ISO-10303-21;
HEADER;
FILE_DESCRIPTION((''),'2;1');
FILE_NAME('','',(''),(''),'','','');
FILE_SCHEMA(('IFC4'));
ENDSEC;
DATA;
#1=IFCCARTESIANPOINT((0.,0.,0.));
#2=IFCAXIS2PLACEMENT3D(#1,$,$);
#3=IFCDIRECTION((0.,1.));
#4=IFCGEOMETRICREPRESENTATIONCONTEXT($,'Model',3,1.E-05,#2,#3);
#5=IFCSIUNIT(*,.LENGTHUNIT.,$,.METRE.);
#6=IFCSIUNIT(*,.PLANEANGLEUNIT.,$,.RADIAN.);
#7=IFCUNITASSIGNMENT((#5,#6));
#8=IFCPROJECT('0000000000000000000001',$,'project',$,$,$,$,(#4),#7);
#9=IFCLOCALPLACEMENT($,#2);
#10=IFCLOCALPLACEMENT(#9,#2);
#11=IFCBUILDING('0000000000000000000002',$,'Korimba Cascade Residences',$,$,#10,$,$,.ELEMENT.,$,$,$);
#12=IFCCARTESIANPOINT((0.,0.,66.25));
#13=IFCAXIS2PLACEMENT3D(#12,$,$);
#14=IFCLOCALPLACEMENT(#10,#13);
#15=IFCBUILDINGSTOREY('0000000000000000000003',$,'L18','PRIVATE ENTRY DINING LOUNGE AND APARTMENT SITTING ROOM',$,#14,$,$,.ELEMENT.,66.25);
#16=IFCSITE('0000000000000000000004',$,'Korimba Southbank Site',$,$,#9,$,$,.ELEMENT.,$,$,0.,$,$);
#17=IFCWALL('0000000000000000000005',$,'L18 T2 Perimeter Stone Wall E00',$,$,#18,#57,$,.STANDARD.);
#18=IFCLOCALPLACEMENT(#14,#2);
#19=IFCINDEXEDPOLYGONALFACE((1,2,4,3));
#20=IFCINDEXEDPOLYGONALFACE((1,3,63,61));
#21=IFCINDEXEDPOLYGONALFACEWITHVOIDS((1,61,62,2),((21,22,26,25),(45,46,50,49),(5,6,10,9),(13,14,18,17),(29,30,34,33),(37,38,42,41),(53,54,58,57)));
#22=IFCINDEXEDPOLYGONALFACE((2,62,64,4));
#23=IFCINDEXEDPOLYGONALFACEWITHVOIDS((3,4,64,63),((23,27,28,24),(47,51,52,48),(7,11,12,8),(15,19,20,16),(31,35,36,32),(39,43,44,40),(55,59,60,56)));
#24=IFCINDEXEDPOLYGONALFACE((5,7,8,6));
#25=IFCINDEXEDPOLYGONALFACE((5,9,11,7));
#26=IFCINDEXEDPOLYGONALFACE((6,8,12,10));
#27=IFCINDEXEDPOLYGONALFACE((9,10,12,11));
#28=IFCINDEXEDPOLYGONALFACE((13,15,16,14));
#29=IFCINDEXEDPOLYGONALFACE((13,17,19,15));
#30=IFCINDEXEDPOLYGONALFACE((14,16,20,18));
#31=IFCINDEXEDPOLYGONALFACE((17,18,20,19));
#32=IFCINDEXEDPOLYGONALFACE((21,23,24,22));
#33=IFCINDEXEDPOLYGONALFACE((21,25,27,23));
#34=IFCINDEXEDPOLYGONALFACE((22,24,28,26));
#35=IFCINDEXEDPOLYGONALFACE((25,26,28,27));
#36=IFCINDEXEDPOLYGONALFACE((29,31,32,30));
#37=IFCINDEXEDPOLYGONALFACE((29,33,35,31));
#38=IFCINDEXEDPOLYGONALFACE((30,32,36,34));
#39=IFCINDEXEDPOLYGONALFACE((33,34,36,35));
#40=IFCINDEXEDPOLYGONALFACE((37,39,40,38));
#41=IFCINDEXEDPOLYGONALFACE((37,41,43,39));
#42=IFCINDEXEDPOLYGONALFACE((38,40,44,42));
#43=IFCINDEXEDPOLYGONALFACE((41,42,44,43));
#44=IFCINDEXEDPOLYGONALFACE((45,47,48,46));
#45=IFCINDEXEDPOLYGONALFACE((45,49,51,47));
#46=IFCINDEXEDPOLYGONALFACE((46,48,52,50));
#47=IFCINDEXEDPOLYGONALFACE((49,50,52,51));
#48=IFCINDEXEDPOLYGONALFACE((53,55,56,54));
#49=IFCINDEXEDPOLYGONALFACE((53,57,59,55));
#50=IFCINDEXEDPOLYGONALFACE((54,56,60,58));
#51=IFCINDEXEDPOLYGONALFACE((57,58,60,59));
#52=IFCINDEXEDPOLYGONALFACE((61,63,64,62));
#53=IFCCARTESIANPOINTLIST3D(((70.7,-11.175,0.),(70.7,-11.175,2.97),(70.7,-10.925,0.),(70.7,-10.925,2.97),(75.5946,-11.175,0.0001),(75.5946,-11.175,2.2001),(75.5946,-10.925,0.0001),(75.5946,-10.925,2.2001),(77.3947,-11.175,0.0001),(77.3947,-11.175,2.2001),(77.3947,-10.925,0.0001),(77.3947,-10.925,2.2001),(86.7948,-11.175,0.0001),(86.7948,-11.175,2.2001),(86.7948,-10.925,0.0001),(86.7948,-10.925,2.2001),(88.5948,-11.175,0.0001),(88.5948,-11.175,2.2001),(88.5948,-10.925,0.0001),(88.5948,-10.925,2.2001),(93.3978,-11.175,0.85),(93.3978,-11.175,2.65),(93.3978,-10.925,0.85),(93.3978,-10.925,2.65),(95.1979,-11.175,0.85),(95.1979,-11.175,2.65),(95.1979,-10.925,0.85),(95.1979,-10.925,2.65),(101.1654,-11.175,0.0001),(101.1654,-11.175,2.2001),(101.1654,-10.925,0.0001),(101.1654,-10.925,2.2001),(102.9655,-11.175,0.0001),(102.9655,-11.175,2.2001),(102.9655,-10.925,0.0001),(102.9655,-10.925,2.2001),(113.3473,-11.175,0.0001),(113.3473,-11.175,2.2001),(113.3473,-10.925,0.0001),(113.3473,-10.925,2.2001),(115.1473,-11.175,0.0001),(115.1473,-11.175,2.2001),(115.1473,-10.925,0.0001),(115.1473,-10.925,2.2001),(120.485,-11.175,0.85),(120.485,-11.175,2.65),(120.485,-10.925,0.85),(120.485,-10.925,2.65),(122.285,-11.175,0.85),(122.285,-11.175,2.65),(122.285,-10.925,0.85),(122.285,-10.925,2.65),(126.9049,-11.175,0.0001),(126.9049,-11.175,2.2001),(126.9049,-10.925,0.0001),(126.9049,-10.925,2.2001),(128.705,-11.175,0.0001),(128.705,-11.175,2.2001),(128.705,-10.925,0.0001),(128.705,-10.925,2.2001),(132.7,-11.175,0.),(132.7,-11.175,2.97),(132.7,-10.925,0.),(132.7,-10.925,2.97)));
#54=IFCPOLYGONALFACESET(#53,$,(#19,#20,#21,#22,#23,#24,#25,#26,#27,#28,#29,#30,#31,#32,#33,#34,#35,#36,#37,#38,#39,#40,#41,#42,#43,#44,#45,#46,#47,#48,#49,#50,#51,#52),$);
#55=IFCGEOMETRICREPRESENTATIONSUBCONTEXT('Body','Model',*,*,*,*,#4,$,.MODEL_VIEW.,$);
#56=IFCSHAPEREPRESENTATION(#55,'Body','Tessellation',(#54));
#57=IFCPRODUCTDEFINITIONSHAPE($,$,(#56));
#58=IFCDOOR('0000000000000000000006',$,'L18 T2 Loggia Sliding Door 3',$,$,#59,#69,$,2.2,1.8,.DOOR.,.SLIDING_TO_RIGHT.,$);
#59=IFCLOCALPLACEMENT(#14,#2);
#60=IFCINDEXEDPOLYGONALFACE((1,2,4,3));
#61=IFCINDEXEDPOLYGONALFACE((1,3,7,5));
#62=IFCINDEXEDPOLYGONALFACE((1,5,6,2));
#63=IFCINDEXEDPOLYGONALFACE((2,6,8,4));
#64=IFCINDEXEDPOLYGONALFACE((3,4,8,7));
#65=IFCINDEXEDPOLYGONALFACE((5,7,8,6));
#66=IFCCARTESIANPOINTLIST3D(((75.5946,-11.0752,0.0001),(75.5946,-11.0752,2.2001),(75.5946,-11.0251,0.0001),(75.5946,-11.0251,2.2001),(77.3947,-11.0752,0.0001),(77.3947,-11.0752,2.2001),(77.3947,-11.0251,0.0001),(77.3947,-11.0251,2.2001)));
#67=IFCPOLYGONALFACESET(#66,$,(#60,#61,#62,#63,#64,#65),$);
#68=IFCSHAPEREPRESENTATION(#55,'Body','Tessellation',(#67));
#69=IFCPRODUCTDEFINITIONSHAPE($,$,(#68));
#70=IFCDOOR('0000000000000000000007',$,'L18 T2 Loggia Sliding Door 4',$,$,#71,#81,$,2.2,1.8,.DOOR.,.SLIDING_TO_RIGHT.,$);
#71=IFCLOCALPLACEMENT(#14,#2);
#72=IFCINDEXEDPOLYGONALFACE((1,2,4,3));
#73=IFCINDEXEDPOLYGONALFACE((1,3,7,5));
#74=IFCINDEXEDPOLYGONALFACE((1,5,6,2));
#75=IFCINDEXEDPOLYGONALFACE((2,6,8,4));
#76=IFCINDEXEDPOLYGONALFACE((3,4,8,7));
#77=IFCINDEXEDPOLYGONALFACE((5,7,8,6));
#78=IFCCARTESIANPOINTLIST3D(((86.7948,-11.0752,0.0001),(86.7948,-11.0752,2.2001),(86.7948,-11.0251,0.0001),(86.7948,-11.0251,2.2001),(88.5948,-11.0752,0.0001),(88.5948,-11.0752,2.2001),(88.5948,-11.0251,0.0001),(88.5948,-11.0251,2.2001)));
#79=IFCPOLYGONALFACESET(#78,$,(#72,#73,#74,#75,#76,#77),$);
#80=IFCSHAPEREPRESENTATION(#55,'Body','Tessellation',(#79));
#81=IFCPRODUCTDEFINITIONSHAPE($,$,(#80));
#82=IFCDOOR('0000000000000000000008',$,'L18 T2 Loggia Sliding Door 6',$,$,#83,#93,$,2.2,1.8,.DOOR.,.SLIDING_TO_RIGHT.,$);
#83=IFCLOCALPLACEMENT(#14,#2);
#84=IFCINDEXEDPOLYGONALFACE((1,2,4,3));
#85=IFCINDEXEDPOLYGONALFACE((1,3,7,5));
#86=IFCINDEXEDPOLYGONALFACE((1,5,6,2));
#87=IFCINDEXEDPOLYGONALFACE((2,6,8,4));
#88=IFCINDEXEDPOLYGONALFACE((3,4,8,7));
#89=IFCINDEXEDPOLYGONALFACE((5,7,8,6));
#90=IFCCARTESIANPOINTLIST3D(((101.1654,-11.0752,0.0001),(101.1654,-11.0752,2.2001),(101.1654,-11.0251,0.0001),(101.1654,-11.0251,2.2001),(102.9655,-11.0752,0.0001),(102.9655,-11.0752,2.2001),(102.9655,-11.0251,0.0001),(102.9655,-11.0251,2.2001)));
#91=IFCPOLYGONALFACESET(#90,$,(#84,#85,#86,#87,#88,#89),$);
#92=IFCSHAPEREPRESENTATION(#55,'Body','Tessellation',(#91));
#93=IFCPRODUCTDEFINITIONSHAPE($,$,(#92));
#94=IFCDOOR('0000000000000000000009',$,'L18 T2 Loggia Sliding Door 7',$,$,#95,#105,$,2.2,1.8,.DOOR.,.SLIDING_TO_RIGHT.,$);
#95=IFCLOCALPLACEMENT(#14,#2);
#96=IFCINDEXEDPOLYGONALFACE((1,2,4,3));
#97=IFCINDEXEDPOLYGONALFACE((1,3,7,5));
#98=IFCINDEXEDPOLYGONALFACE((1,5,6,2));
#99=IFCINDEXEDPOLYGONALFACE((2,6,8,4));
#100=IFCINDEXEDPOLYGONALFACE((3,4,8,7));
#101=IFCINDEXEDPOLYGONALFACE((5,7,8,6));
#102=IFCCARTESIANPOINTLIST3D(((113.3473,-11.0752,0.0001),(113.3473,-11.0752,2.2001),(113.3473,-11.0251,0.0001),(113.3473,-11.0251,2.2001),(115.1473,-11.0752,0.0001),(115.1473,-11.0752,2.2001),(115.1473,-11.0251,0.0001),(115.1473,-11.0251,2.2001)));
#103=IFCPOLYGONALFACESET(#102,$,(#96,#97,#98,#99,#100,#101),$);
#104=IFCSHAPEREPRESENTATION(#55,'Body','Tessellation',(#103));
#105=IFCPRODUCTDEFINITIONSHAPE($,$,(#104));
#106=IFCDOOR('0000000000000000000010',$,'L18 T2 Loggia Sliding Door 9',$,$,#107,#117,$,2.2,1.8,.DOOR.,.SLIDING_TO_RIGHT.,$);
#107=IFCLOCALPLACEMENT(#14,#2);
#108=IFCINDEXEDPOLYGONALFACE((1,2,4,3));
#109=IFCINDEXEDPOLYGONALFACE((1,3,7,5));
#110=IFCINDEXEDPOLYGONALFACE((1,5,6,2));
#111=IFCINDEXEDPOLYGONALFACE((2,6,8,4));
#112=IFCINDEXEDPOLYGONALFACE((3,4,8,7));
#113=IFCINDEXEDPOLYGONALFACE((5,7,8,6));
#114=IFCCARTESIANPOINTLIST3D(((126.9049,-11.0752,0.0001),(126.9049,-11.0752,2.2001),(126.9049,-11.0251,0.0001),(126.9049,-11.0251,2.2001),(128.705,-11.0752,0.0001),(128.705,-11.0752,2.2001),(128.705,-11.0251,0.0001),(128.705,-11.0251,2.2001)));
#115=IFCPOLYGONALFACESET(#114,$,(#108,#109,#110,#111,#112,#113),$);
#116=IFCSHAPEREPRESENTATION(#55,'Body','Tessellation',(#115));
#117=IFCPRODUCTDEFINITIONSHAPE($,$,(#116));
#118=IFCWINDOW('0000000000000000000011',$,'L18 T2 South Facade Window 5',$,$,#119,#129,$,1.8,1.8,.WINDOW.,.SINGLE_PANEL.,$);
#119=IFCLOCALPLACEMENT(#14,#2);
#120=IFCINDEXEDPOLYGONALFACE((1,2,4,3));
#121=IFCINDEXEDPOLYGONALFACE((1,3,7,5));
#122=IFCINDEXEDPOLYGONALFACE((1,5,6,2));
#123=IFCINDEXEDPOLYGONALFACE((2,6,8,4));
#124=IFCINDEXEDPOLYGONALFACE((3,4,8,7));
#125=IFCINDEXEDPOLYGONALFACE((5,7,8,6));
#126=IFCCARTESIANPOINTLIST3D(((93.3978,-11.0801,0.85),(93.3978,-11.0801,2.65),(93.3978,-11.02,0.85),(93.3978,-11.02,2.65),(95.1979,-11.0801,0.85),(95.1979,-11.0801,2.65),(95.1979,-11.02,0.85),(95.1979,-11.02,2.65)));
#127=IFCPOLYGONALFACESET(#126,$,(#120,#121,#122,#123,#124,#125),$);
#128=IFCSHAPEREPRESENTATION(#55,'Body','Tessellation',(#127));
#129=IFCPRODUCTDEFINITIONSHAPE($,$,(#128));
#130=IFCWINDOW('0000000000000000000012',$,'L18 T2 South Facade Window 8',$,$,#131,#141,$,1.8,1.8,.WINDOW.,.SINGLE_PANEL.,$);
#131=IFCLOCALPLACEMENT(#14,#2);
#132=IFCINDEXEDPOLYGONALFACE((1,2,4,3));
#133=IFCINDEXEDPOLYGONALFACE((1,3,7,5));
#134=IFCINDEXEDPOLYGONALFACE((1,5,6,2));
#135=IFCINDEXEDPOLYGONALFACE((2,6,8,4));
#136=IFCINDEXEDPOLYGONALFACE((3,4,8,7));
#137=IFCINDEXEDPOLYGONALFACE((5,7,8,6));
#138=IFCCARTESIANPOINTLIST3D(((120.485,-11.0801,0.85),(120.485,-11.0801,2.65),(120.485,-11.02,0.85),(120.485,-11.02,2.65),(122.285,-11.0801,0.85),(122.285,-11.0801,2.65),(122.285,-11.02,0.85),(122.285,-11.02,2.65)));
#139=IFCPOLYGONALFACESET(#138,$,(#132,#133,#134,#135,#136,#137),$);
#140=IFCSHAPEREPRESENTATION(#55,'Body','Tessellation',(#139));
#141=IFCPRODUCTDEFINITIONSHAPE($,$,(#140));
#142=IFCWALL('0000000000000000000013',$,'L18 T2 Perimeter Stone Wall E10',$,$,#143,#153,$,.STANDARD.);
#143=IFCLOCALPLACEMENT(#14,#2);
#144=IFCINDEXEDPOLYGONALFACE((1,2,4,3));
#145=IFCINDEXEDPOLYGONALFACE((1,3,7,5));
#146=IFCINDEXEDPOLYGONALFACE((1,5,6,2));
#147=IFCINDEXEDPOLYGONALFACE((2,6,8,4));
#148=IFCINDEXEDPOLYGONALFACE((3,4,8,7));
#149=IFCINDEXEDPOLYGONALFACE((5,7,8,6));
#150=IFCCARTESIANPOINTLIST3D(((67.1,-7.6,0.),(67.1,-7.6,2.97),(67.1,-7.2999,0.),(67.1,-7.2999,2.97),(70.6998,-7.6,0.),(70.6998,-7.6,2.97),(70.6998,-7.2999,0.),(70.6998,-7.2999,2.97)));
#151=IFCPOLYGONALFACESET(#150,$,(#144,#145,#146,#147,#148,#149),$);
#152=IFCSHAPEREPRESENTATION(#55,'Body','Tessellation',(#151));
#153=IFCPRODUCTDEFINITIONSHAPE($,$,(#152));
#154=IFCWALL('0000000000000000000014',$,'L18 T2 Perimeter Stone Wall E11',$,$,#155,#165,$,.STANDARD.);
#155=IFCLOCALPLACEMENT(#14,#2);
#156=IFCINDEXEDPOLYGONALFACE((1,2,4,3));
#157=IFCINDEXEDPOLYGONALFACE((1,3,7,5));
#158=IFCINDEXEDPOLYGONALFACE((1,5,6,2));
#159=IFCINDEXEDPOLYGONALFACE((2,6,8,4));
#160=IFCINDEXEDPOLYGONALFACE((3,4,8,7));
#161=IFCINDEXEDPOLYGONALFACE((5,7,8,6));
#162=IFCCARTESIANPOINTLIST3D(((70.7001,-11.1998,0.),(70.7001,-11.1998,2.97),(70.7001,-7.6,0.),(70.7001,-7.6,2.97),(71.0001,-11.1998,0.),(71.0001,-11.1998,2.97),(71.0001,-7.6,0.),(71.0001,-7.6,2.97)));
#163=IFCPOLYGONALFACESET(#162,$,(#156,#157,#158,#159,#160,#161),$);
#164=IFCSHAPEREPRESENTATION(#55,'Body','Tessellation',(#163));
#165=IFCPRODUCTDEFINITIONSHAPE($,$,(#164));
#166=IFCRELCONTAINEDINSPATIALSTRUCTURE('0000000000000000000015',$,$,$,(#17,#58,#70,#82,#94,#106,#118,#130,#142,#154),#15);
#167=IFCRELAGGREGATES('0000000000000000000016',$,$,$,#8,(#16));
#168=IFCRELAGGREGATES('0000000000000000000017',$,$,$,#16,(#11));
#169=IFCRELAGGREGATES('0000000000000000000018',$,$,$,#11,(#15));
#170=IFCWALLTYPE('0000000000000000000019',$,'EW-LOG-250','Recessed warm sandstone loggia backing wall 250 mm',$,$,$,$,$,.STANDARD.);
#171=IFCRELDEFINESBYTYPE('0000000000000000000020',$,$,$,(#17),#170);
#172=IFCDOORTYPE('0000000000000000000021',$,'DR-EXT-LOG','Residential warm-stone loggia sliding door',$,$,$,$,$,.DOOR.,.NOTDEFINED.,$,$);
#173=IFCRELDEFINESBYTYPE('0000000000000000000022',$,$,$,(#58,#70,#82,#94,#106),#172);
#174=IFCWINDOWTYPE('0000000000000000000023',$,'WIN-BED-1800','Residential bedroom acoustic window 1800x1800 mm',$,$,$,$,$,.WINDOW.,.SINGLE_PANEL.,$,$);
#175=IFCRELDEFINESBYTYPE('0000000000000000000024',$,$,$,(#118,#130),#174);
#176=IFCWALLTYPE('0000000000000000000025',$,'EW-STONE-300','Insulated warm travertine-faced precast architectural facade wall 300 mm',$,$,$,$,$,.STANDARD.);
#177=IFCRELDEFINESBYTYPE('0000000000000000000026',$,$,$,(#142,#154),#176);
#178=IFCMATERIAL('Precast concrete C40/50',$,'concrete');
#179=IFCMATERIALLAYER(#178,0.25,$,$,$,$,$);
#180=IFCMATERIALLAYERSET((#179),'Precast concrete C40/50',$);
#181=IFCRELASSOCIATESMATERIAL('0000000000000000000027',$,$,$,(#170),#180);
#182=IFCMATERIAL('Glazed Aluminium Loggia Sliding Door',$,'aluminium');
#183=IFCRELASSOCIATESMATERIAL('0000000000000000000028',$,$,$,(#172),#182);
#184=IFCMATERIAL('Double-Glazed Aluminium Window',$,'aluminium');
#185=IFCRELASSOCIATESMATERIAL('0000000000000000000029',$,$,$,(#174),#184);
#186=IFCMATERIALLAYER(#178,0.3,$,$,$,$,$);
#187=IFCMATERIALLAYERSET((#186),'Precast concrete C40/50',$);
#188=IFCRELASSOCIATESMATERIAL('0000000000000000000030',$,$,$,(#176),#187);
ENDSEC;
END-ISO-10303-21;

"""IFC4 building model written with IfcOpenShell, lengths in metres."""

from ifc_helpers import new_model, si_unit, direction, frame, frame_2d, origin, place, context, subcontext, project, spatial, rectangle, extrude, material, layer, layer_set, type_object, element, fill, save


model = new_model("IFC4")

# Units and contexts
model_context = context("Model", 3, precision=1e-05, world=origin(), true_north=direction((0.0, 1.0)))
body_context = subcontext(model_context, "Body", "Model", "MODEL_VIEW")
ifc_project = project(units=[si_unit("LENGTHUNIT", "METRE"), si_unit("PLANEANGLEUNIT", "RADIAN")], contexts=[model_context])

# Site, building, storey
site_placement = place(None, origin())
site = spatial("IfcSite", under=ifc_project, at=site_placement, Name="Korimba Southbank Site", CompositionType="ELEMENT", RefElevation=0.0)
building_placement = place(site_placement, origin())
building = spatial("IfcBuilding", under=site, at=building_placement, Name="Korimba Cascade Residences", CompositionType="ELEMENT")
storey_placement = place(building_placement, frame((0.0, 0.0, 66.25)))
storey = spatial("IfcBuildingStorey", under=building, at=storey_placement, Name="L18", Description="PRIVATE ENTRY DINING LOUNGE AND APARTMENT SITTING ROOM", CompositionType="ELEMENT", Elevation=66.25)

# Wall, openings, doors, windows
ifc_material_1 = material(Name="Precast concrete C40/50", Category="concrete")
ifc_layer_1 = layer(ifc_material_1, 0.25)
ifc_layer_set_1 = layer_set([ifc_layer_1], Name="Precast concrete C40/50")
wall_type_1 = type_object("IfcWallType", Name="EW-LOG-250", Description="Recessed warm sandstone loggia backing wall 250 mm", PredefinedType="STANDARD", material=ifc_layer_set_1)
wall_1_placement = place(storey_placement, frame((70.7, -11.05, 0.0), z_axis=(0.0, 0.0, 1.0), x_axis=(1.0, 0.0, 0.0)))
wall_1 = element("IfcWall", 1, at=wall_1_placement, inside=storey, type_object=wall_type_1, Name="L18 T2 Perimeter Stone Wall E00", PredefinedType="STANDARD", context=body_context, shape_type="SweptSolid", body=[
    extrude(rectangle(XDim=62.0, YDim=0.25, at=frame_2d((31.0, 0.0))), origin(), (0.0, 0.0, 1.0), 2.97),
])
opening_1_placement = place(wall_1_placement, frame((4.8948, 0.0, 0.0)))
opening_1 = element("IfcOpeningElement", 2, at=opening_1_placement, cuts=wall_1, PredefinedType="OPENING", context=body_context, shape_type="SweptSolid", body=[
    extrude(rectangle(XDim=1.8, YDim=2.2, at=frame_2d((0.8999, 1.1001))), frame((0.0, 0.135, 0.0), z_axis=(0.0, -1.0, 0.0), x_axis=(1.0, 0.0, 0.0)), (0.0, 0.0, 1.0), 0.27),
])
opening_2_placement = place(wall_1_placement, frame((16.095, 0.0, 0.0)))
opening_2 = element("IfcOpeningElement", 3, at=opening_2_placement, cuts=wall_1, PredefinedType="OPENING", context=body_context, shape_type="SweptSolid", body=[
    extrude(rectangle(XDim=1.8, YDim=2.2, at=frame_2d((0.8999, 1.1001))), frame((0.0, 0.135, 0.0), z_axis=(0.0, -1.0, 0.0), x_axis=(1.0, 0.0, 0.0)), (0.0, 0.0, 1.0), 0.27),
])
opening_3_placement = place(wall_1_placement, frame((22.698, 0.0, 0.8501)))
opening_3 = element("IfcOpeningElement", 4, at=opening_3_placement, cuts=wall_1, PredefinedType="OPENING", context=body_context, shape_type="SweptSolid", body=[
    extrude(rectangle(XDim=1.8, YDim=1.8, at=frame_2d((0.8999, 0.8999))), frame((0.0, 0.135, 0.0), z_axis=(0.0, -1.0, 0.0), x_axis=(1.0, 0.0, 0.0)), (0.0, 0.0, 1.0), 0.27),
])
opening_4_placement = place(wall_1_placement, frame((30.4656, 0.0, 0.0)))
opening_4 = element("IfcOpeningElement", 5, at=opening_4_placement, cuts=wall_1, PredefinedType="OPENING", context=body_context, shape_type="SweptSolid", body=[
    extrude(rectangle(XDim=1.8, YDim=2.2, at=frame_2d((0.8999, 1.1001))), frame((0.0, 0.135, 0.0), z_axis=(0.0, -1.0, 0.0), x_axis=(1.0, 0.0, 0.0)), (0.0, 0.0, 1.0), 0.27),
])
opening_5_placement = place(wall_1_placement, frame((42.6475, 0.0, 0.0)))
opening_5 = element("IfcOpeningElement", 6, at=opening_5_placement, cuts=wall_1, PredefinedType="OPENING", context=body_context, shape_type="SweptSolid", body=[
    extrude(rectangle(XDim=1.8, YDim=2.2, at=frame_2d((0.8999, 1.1001))), frame((0.0, 0.135, 0.0), z_axis=(0.0, -1.0, 0.0), x_axis=(1.0, 0.0, 0.0)), (0.0, 0.0, 1.0), 0.27),
])
opening_6_placement = place(wall_1_placement, frame((49.7852, 0.0, 0.8501)))
opening_6 = element("IfcOpeningElement", 7, at=opening_6_placement, cuts=wall_1, PredefinedType="OPENING", context=body_context, shape_type="SweptSolid", body=[
    extrude(rectangle(XDim=1.8, YDim=1.8, at=frame_2d((0.8999, 0.8999))), frame((0.0, 0.135, 0.0), z_axis=(0.0, -1.0, 0.0), x_axis=(1.0, 0.0, 0.0)), (0.0, 0.0, 1.0), 0.27),
])
opening_7_placement = place(wall_1_placement, frame((56.2051, 0.0, 0.0)))
opening_7 = element("IfcOpeningElement", 8, at=opening_7_placement, cuts=wall_1, PredefinedType="OPENING", context=body_context, shape_type="SweptSolid", body=[
    extrude(rectangle(XDim=1.8, YDim=2.2, at=frame_2d((0.8999, 1.1001))), frame((0.0, 0.135, 0.0), z_axis=(0.0, -1.0, 0.0), x_axis=(1.0, 0.0, 0.0)), (0.0, 0.0, 1.0), 0.27),
])
ifc_material_2 = material(Name="Glazed Aluminium Loggia Sliding Door", Category="aluminium")
door_type_1 = type_object("IfcDoorType", Name="DR-EXT-LOG", Description="Residential warm-stone loggia sliding door", OperationType="NOTDEFINED", PredefinedType="DOOR", material=ifc_material_2)
door_1_placement = place(opening_1_placement, origin())
door_1 = element("IfcDoor", 9, at=door_1_placement, inside=storey, type_object=door_type_1, Name="L18 T2 Loggia Sliding Door 3", OperationType="SLIDING_TO_RIGHT", OverallHeight=2.2, OverallWidth=1.8, PredefinedType="DOOR", context=body_context, shape_type="SweptSolid", body=[
    extrude(rectangle(XDim=1.8, YDim=2.2, at=frame_2d((0.8999, 1.1001))), frame((0.0, 0.0249, 0.0), z_axis=(0.0, -1.0, 0.0), x_axis=(1.0, 0.0, 0.0)), (0.0, 0.0, 1.0), 0.05),
])
fill(opening_1, door_1)
door_2_placement = place(opening_2_placement, origin())
door_2 = element("IfcDoor", 10, at=door_2_placement, inside=storey, type_object=door_type_1, Name="L18 T2 Loggia Sliding Door 4", OperationType="SLIDING_TO_RIGHT", OverallHeight=2.2, OverallWidth=1.8, PredefinedType="DOOR", context=body_context, shape_type="SweptSolid", body=[
    extrude(rectangle(XDim=1.8, YDim=2.2, at=frame_2d((0.8999, 1.1001))), frame((0.0, 0.0249, 0.0), z_axis=(0.0, -1.0, 0.0), x_axis=(1.0, 0.0, 0.0)), (0.0, 0.0, 1.0), 0.05),
])
fill(opening_2, door_2)
door_3_placement = place(opening_4_placement, origin())
door_3 = element("IfcDoor", 11, at=door_3_placement, inside=storey, type_object=door_type_1, Name="L18 T2 Loggia Sliding Door 6", OperationType="SLIDING_TO_RIGHT", OverallHeight=2.2, OverallWidth=1.8, PredefinedType="DOOR", context=body_context, shape_type="SweptSolid", body=[
    extrude(rectangle(XDim=1.8, YDim=2.2, at=frame_2d((0.8999, 1.1001))), frame((0.0, 0.0249, 0.0), z_axis=(0.0, -1.0, 0.0), x_axis=(1.0, 0.0, 0.0)), (0.0, 0.0, 1.0), 0.05),
])
fill(opening_4, door_3)
door_4_placement = place(opening_5_placement, origin())
door_4 = element("IfcDoor", 12, at=door_4_placement, inside=storey, type_object=door_type_1, Name="L18 T2 Loggia Sliding Door 7", OperationType="SLIDING_TO_RIGHT", OverallHeight=2.2, OverallWidth=1.8, PredefinedType="DOOR", context=body_context, shape_type="SweptSolid", body=[
    extrude(rectangle(XDim=1.8, YDim=2.2, at=frame_2d((0.8999, 1.1001))), frame((0.0, 0.0249, 0.0), z_axis=(0.0, -1.0, 0.0), x_axis=(1.0, 0.0, 0.0)), (0.0, 0.0, 1.0), 0.05),
])
fill(opening_5, door_4)
door_5_placement = place(opening_7_placement, origin())
door_5 = element("IfcDoor", 13, at=door_5_placement, inside=storey, type_object=door_type_1, Name="L18 T2 Loggia Sliding Door 9", OperationType="SLIDING_TO_RIGHT", OverallHeight=2.2, OverallWidth=1.8, PredefinedType="DOOR", context=body_context, shape_type="SweptSolid", body=[
    extrude(rectangle(XDim=1.8, YDim=2.2, at=frame_2d((0.8999, 1.1001))), frame((0.0, 0.0249, 0.0), z_axis=(0.0, -1.0, 0.0), x_axis=(1.0, 0.0, 0.0)), (0.0, 0.0, 1.0), 0.05),
])
fill(opening_7, door_5)
ifc_material_3 = material(Name="Double-Glazed Aluminium Window", Category="aluminium")
window_type = type_object("IfcWindowType", Name="WIN-BED-1800", Description="Residential bedroom acoustic window 1800x1800 mm", PartitioningType="SINGLE_PANEL", PredefinedType="WINDOW", material=ifc_material_3)
window_1_placement = place(opening_3_placement, origin())
window_1 = element("IfcWindow", 14, at=window_1_placement, inside=storey, type_object=window_type, Name="L18 T2 South Facade Window 5", OverallHeight=1.8, OverallWidth=1.8, PartitioningType="SINGLE_PANEL", PredefinedType="WINDOW", context=body_context, shape_type="SweptSolid", body=[
    extrude(rectangle(XDim=1.8, YDim=1.8, at=frame_2d((0.8999, 0.8999))), frame((0.0, 0.03, 0.0), z_axis=(0.0, -1.0, 0.0), x_axis=(1.0, 0.0, 0.0)), (0.0, 0.0, 1.0), 0.0601),
])
fill(opening_3, window_1)
window_2_placement = place(opening_6_placement, origin())
window_2 = element("IfcWindow", 15, at=window_2_placement, inside=storey, type_object=window_type, Name="L18 T2 South Facade Window 8", OverallHeight=1.8, OverallWidth=1.8, PartitioningType="SINGLE_PANEL", PredefinedType="WINDOW", context=body_context, shape_type="SweptSolid", body=[
    extrude(rectangle(XDim=1.8, YDim=1.8, at=frame_2d((0.8999, 0.8999))), frame((0.0, 0.03, 0.0), z_axis=(0.0, -1.0, 0.0), x_axis=(1.0, 0.0, 0.0)), (0.0, 0.0, 1.0), 0.0601),
])
fill(opening_6, window_2)

# Walls
ifc_layer_2 = layer(ifc_material_1, 0.3)
ifc_layer_set_2 = layer_set([ifc_layer_2], Name="Precast concrete C40/50")
wall_type_2 = type_object("IfcWallType", Name="EW-STONE-300", Description="Insulated warm travertine-faced precast architectural facade wall 300 mm", PredefinedType="STANDARD", material=ifc_layer_set_2)
for number, where, z_axis, x_axis, name in (
    (16, (67.1001, -7.45, 0.0), (0.0, 0.0, 1.0), (1.0, 0.0, 0.0), "L18 T2 Perimeter Stone Wall E10"),
    (17, (70.8501, -7.6001, 0.0), (0.0, 0.0, 1.0), (0.0, -1.0, 0.0), "L18 T2 Perimeter Stone Wall E11"),
):
    element("IfcWall", number, at=place(storey_placement, frame(where, z_axis=z_axis, x_axis=x_axis)), inside=storey, type_object=wall_type_2, Name=name, PredefinedType="STANDARD", context=body_context, shape_type="SweptSolid", body=[
        extrude(rectangle(XDim=3.5999, YDim=0.3, at=frame_2d((1.7998, 0.0))), origin(), (0.0, 0.0, 1.0), 2.97),
    ])

save(model, "model.ifc")
